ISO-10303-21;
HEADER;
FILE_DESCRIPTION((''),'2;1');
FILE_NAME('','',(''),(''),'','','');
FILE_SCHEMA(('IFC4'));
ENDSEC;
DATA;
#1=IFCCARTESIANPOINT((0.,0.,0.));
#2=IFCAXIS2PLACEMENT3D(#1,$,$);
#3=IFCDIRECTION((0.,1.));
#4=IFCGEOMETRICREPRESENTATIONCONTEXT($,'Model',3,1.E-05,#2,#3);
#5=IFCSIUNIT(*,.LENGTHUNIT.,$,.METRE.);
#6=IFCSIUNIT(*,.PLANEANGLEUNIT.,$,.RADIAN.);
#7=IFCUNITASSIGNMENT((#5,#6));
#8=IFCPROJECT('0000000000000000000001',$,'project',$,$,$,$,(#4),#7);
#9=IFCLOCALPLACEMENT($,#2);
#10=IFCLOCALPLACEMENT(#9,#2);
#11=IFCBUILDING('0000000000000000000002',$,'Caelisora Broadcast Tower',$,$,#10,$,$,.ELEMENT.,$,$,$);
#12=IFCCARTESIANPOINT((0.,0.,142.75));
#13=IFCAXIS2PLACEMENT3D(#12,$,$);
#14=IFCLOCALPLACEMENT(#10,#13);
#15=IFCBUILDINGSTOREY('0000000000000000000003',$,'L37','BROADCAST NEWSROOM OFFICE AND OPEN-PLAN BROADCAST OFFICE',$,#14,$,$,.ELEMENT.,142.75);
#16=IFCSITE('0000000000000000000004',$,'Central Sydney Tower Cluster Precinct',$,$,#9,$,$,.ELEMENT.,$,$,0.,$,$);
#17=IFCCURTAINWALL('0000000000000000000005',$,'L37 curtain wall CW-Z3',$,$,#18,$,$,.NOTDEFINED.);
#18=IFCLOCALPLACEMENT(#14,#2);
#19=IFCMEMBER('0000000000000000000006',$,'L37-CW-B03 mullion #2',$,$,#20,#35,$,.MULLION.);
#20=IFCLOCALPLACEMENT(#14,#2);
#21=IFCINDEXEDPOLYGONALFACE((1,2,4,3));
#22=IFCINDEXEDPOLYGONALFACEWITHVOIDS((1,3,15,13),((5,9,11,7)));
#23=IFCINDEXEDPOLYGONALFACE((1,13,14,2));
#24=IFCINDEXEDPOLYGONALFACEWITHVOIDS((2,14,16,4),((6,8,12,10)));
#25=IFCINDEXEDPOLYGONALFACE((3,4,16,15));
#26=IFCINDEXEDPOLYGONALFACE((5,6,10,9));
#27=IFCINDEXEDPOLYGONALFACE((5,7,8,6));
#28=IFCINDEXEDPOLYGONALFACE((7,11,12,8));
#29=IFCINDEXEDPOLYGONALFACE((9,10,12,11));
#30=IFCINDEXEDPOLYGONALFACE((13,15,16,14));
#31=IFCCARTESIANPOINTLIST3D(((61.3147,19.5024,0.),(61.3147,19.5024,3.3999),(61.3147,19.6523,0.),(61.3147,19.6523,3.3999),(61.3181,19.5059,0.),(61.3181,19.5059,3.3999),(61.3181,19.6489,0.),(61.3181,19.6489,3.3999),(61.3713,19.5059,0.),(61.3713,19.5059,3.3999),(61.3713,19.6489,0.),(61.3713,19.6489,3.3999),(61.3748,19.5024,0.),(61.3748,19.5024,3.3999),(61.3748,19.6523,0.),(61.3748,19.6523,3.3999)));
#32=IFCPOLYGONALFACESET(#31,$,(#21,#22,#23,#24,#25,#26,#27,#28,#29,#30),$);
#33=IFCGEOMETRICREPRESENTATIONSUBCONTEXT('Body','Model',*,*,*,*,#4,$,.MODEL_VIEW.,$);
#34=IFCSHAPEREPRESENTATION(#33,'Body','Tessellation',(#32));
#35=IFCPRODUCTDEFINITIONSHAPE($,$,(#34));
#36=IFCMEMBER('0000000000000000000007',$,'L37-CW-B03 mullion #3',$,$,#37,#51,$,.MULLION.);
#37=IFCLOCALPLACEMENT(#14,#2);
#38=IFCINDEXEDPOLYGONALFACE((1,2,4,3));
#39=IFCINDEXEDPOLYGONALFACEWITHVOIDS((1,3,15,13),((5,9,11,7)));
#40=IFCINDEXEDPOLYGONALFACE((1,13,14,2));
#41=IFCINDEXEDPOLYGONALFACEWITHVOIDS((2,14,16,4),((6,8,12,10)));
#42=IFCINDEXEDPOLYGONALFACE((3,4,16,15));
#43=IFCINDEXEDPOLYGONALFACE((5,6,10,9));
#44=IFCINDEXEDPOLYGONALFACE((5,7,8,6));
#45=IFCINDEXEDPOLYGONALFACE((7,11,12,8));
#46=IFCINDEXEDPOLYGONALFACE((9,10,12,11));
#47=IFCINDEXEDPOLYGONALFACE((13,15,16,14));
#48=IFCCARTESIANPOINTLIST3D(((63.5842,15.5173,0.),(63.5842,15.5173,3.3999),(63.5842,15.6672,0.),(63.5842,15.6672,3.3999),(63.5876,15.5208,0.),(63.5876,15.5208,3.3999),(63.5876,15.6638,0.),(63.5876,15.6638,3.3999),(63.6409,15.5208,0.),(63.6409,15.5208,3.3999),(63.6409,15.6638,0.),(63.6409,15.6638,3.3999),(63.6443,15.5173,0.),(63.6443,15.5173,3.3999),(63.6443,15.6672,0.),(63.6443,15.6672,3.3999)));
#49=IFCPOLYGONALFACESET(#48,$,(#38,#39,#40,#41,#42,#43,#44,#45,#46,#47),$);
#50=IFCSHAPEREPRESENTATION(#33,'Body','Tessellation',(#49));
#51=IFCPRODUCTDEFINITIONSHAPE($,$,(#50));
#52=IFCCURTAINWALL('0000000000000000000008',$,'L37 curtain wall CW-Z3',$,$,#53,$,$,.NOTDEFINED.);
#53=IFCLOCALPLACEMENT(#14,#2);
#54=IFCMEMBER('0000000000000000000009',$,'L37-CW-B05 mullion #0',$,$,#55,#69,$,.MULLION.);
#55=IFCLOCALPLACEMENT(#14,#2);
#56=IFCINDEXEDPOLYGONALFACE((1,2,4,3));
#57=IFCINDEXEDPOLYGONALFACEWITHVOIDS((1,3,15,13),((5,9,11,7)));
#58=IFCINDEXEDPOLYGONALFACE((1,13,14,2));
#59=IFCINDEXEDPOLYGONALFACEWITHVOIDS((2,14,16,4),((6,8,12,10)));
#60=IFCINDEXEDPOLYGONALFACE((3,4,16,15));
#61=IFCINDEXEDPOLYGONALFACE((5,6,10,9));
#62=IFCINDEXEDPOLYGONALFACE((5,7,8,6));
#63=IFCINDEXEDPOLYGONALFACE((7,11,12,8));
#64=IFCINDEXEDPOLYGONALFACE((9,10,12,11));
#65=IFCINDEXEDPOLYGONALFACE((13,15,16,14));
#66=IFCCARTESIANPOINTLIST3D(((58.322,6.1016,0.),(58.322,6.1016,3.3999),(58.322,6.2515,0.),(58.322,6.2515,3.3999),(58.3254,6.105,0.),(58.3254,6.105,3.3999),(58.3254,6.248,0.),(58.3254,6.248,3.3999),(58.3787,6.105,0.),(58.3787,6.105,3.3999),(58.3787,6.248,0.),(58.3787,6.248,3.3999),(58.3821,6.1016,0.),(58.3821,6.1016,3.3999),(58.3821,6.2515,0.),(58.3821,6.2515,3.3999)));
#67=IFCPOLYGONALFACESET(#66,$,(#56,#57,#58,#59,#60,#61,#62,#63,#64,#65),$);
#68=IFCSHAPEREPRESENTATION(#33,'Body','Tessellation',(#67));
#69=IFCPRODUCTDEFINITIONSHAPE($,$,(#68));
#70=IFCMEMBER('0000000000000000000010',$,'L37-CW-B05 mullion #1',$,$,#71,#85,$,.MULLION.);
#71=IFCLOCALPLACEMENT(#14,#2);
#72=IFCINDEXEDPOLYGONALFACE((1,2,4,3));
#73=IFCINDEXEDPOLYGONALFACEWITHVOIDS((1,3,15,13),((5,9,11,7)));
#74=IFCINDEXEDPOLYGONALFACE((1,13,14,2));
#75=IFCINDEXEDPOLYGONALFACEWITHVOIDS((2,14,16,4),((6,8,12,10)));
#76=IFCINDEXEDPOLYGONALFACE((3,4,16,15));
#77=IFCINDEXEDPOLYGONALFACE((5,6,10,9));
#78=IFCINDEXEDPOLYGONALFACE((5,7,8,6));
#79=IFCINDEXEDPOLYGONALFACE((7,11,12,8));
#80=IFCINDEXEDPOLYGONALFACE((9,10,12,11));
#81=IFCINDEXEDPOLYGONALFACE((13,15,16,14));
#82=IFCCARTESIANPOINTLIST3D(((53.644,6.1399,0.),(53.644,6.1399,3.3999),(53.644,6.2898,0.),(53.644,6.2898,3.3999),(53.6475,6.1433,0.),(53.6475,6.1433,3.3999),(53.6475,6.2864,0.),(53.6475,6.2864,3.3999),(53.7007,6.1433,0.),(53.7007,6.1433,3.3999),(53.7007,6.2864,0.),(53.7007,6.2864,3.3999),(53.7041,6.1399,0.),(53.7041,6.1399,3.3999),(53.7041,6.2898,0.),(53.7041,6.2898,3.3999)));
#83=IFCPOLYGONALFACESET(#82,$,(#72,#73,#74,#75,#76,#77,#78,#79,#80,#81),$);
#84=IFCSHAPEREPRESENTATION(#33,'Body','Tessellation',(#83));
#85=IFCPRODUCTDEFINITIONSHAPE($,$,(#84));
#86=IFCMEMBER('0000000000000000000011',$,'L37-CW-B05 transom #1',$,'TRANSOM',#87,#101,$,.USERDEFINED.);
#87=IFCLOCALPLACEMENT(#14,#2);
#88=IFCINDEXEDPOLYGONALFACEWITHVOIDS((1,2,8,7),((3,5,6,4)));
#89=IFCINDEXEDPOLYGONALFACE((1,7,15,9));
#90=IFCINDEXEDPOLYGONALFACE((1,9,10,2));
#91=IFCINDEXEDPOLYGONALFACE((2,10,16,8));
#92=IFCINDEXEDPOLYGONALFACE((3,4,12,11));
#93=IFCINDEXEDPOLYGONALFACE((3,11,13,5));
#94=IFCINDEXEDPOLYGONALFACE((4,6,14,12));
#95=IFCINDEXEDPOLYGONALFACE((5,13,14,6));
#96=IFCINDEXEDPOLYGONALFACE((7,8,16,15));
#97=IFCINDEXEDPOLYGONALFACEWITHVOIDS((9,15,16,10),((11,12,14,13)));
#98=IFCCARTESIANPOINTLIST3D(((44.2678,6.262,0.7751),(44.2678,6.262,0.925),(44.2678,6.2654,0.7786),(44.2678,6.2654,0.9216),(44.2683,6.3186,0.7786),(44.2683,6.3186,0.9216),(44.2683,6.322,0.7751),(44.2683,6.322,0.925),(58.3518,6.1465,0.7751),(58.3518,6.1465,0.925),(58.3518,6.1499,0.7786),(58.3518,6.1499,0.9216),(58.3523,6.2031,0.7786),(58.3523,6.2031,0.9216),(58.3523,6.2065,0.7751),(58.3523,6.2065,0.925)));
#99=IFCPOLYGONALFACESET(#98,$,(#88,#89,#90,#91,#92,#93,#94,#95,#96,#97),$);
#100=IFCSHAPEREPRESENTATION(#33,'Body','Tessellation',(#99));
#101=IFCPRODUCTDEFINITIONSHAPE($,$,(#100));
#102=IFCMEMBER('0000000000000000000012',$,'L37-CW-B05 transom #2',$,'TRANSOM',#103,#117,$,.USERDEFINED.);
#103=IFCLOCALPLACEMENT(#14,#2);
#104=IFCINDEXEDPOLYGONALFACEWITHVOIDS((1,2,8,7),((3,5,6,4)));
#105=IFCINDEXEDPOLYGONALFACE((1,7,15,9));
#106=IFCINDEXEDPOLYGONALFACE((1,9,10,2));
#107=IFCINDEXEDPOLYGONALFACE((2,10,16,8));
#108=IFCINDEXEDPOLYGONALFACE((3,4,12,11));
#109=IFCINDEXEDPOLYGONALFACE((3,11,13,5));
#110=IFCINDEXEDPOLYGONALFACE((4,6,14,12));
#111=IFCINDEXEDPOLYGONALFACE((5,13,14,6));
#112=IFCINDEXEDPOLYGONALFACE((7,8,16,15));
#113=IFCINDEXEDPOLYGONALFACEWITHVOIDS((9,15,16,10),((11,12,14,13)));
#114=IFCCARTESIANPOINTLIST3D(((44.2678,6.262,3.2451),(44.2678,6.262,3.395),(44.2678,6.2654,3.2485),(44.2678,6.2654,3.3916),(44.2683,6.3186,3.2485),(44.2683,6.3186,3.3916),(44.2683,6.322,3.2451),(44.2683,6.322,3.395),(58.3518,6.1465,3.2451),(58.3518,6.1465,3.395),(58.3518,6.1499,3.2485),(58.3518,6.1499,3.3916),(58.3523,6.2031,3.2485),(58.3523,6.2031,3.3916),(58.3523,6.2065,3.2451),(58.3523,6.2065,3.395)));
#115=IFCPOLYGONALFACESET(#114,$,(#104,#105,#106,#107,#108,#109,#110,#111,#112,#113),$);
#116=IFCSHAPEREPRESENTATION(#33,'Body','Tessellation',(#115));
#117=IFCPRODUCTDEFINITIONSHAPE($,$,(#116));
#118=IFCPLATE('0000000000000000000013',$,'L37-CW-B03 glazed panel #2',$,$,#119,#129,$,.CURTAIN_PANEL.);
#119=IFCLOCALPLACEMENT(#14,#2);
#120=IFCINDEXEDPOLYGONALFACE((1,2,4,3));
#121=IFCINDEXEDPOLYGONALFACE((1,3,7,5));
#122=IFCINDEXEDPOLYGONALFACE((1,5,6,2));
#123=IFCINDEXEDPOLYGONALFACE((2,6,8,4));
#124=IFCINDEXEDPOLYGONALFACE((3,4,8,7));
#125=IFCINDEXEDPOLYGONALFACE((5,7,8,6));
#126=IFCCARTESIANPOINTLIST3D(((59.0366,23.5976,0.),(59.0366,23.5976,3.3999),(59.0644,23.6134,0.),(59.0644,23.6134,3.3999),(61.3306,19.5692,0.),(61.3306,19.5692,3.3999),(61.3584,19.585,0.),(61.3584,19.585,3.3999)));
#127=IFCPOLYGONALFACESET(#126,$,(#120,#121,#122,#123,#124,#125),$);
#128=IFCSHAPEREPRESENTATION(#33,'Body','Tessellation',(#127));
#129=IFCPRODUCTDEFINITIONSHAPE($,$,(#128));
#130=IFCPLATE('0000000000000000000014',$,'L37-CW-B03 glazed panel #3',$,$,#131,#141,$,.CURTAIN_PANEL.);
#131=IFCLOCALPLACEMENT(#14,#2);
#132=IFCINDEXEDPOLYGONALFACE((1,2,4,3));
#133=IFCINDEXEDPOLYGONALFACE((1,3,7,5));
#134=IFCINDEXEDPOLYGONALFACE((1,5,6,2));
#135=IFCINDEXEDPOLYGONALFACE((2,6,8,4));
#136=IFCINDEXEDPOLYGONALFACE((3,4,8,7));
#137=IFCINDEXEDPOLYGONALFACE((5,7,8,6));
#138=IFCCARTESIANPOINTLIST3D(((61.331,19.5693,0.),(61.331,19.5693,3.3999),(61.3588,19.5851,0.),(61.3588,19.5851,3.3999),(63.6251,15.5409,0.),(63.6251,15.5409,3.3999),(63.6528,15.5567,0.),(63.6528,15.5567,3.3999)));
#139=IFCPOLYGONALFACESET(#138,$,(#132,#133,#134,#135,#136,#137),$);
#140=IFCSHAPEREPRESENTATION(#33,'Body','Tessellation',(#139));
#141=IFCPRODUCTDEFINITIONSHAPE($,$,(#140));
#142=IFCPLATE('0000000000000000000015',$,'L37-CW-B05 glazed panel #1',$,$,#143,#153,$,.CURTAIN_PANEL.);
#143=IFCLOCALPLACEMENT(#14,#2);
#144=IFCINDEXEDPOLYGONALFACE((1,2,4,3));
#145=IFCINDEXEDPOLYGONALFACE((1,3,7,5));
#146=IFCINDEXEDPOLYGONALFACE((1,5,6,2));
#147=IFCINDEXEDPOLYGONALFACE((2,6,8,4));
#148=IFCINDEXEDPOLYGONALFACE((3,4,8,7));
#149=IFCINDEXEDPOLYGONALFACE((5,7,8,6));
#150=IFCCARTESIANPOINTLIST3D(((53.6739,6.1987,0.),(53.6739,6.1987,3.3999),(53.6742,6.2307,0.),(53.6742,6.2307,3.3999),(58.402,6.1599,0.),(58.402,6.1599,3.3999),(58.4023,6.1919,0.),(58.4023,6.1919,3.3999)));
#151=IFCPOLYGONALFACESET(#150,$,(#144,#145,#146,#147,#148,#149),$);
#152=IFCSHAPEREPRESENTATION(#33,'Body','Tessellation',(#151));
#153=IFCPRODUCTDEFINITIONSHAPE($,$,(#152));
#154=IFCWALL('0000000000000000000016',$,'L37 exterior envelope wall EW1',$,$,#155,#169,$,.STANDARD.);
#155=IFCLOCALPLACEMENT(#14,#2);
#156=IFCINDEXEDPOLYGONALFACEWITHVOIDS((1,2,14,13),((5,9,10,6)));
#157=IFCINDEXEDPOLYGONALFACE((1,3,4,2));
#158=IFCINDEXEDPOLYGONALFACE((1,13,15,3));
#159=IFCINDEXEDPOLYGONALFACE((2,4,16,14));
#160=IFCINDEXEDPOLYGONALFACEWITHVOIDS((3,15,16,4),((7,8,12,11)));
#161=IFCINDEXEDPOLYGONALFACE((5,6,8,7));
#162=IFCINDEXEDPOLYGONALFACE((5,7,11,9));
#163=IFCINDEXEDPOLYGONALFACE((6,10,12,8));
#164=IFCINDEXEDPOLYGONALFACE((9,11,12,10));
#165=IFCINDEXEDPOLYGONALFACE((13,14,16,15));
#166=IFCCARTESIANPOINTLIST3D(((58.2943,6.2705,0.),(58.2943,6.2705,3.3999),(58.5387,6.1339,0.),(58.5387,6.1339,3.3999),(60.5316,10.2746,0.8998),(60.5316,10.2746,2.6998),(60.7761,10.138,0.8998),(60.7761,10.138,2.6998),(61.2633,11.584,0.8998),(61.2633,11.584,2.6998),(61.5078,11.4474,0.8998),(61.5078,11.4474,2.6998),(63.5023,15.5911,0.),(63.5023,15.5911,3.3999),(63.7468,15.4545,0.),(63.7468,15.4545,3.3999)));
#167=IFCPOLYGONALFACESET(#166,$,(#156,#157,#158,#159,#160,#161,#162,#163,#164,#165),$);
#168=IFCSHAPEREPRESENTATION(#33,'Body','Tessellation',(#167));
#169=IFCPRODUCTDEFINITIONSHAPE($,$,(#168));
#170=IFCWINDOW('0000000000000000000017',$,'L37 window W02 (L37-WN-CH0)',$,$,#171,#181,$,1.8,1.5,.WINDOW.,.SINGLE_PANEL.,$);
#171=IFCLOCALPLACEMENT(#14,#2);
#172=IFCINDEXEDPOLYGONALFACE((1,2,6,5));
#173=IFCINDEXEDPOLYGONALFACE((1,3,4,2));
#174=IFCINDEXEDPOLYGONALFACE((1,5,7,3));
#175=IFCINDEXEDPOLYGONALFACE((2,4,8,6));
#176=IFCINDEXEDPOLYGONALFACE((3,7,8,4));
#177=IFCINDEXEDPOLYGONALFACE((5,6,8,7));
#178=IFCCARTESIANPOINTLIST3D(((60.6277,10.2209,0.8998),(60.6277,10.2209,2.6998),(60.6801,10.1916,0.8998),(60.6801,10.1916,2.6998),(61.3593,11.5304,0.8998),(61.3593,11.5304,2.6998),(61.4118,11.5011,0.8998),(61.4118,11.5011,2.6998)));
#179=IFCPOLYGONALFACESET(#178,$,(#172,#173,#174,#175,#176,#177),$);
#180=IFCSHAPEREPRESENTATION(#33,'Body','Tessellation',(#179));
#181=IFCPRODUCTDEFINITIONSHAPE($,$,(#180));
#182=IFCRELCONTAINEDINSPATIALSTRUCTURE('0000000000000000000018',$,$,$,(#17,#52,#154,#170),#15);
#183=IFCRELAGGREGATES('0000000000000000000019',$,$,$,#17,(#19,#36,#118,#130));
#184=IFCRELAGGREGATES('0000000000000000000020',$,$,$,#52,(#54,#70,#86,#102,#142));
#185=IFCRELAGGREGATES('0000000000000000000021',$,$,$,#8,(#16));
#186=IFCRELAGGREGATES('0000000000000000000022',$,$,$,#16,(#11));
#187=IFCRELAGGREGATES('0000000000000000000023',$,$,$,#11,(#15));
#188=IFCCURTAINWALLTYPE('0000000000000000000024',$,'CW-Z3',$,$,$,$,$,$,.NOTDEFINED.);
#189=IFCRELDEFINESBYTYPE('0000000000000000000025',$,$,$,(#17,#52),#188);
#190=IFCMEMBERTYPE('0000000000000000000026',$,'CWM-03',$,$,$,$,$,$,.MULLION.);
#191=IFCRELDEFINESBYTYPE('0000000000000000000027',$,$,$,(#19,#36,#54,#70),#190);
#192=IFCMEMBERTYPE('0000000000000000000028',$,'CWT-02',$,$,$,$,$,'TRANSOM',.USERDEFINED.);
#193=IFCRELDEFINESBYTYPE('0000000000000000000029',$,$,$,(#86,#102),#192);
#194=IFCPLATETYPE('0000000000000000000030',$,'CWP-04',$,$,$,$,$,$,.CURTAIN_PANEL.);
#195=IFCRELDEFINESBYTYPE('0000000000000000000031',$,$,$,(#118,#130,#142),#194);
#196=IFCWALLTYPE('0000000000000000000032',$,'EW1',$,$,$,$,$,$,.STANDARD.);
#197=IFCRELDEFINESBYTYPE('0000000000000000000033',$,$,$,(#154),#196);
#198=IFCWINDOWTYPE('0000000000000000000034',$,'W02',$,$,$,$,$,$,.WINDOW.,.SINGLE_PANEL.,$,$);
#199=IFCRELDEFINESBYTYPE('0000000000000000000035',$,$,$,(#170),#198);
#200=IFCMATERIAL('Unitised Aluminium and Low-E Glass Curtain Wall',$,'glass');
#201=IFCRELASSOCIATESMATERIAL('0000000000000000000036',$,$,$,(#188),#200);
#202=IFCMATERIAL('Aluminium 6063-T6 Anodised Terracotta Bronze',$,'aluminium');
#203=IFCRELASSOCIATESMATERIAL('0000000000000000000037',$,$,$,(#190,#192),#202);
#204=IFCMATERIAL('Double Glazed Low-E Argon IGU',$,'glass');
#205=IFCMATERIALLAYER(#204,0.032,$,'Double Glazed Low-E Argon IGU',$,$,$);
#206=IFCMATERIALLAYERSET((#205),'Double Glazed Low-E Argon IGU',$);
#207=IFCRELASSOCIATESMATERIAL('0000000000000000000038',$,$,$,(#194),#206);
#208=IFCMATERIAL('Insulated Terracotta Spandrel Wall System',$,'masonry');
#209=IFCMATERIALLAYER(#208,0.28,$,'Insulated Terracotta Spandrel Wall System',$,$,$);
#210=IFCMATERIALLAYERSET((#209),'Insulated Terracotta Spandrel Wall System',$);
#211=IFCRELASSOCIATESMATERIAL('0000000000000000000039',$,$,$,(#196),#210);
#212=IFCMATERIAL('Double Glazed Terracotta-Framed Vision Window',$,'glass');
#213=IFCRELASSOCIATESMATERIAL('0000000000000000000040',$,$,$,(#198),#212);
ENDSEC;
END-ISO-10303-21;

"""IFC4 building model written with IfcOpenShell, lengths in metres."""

from ifc_helpers import new_model, si_unit, direction, frame, frame_2d, origin, origin_2d, place, context, subcontext, project, spatial, rectangle, hollow_rectangle, extrude, source, transform, mapped, material, layer, layer_set, material_profile, profile_set, type_object, type_shapes, element, fill, aggregate, save


model = new_model("IFC4")

# Units and contexts
model_context = context("Model", 3, precision=1e-05, world=origin(), true_north=direction((0.0, 1.0)))
body_context = subcontext(model_context, "Body", "Model", "MODEL_VIEW")
ifc_project = project(units=[si_unit("LENGTHUNIT", "METRE"), si_unit("PLANEANGLEUNIT", "RADIAN")], contexts=[model_context])

# Site, building, storey
site_placement = place(None, origin())
site = spatial("IfcSite", under=ifc_project, at=site_placement, Name="Central Sydney Tower Cluster Precinct", CompositionType="ELEMENT", RefElevation=0.0)
building_placement = place(site_placement, origin())
building = spatial("IfcBuilding", under=site, at=building_placement, Name="Caelisora Broadcast Tower", CompositionType="ELEMENT")
storey_placement = place(building_placement, frame((0.0, 0.0, 142.75)))
storey = spatial("IfcBuildingStorey", under=building, at=storey_placement, Name="L37", Description="BROADCAST NEWSROOM OFFICE AND OPEN-PLAN BROADCAST OFFICE", CompositionType="ELEMENT", Elevation=142.75)

# Curtain walls, members
ifc_material_1 = material(Name="Unitised Aluminium and Low-E Glass Curtain Wall", Category="glass")
curtain_wall_type = type_object("IfcCurtainWallType", Name="CW-Z3", PredefinedType="NOTDEFINED", material=ifc_material_1)
curtain_wall_1_placement = place(storey_placement, origin())
curtain_wall_1 = element("IfcCurtainWall", 1, at=curtain_wall_1_placement, inside=storey, type_object=curtain_wall_type, Name="L37 curtain wall CW-Z3", PredefinedType="NOTDEFINED")
ifc_material_2 = material(Name="Aluminium 6063-T6 Anodised Terracotta Bronze", Category="aluminium")
ifc_material_profile_1 = material_profile(ifc_material_2, hollow_rectangle(XDim=0.0601, YDim=0.1499, WallThickness=0.0034, at=origin_2d()), Name="Aluminium 6063-T6 Anodised Terracotta Bronze")
ifc_profile_set_1 = profile_set([ifc_material_profile_1], Name="Aluminium 6063-T6 Anodised Terracotta Bronze")
member_type_1 = type_object("IfcMemberType", Name="CWM-03", PredefinedType="MULLION", material=ifc_profile_set_1)
shared_shape_1 = source(origin(), body_context, "Body", "SweptSolid", [
    extrude(hollow_rectangle(XDim=0.0601, YDim=0.1499, WallThickness=0.0034, at=origin_2d()), origin(), (0.0, 0.0, 1.0), 3.3999),
])
type_shapes(member_type_1, [shared_shape_1])
member_1_placement = place(storey_placement, frame((61.3447, 19.5774, 0.0), z_axis=(0.0, 0.0, 1.0), x_axis=(1.0, 0.0, 0.0)))
member_1 = element("IfcMember", 2, at=member_1_placement, type_object=member_type_1, Name="L37-CW-B03 mullion #2", PredefinedType="MULLION", context=body_context, shape_type="MappedRepresentation", body=[
    mapped(shared_shape_1, transform((0.0, 0.0, 0.0), scale=1.0)),
])
member_2_placement = place(storey_placement, frame((63.6143, 15.5923, 0.0), z_axis=(0.0, 0.0, 1.0), x_axis=(1.0, 0.0, 0.0)))
member_2 = element("IfcMember", 3, at=member_2_placement, type_object=member_type_1, Name="L37-CW-B03 mullion #3", PredefinedType="MULLION", context=body_context, shape_type="MappedRepresentation", body=[
    mapped(shared_shape_1, transform((0.0, 0.0, 0.0), scale=1.0)),
])
curtain_wall_2_placement = place(storey_placement, origin())
curtain_wall_2 = element("IfcCurtainWall", 4, at=curtain_wall_2_placement, inside=storey, type_object=curtain_wall_type, Name="L37 curtain wall CW-Z3", PredefinedType="NOTDEFINED")
member_3_placement = place(storey_placement, frame((58.3521, 6.1765, 0.0), z_axis=(0.0, 0.0, 1.0), x_axis=(1.0, 0.0, 0.0)))
member_3 = element("IfcMember", 5, at=member_3_placement, type_object=member_type_1, Name="L37-CW-B05 mullion #0", PredefinedType="MULLION", context=body_context, shape_type="MappedRepresentation", body=[
    mapped(shared_shape_1, transform((0.0, 0.0, 0.0), scale=1.0)),
])
member_4_placement = place(storey_placement, frame((53.6741, 6.2148, 0.0), z_axis=(0.0, 0.0, 1.0), x_axis=(1.0, 0.0, 0.0)))
member_4 = element("IfcMember", 6, at=member_4_placement, type_object=member_type_1, Name="L37-CW-B05 mullion #1", PredefinedType="MULLION", context=body_context, shape_type="MappedRepresentation", body=[
    mapped(shared_shape_1, transform((0.0, 0.0, 0.0), scale=1.0)),
])
ifc_material_profile_2 = material_profile(ifc_material_2, hollow_rectangle(XDim=0.0601, YDim=0.1499, WallThickness=0.0034, at=origin_2d()), Name="Aluminium 6063-T6 Anodised Terracotta Bronze")
ifc_profile_set_2 = profile_set([ifc_material_profile_2], Name="Aluminium 6063-T6 Anodised Terracotta Bronze")
member_type_2 = type_object("IfcMemberType", Name="CWT-02", ElementType="TRANSOM", PredefinedType="USERDEFINED", material=ifc_profile_set_2)
shared_shape_2 = source(origin(), body_context, "Body", "SweptSolid", [
    extrude(hollow_rectangle(XDim=0.0601, YDim=0.1499, WallThickness=0.0034, at=origin_2d()), origin(), (0.0, 0.0, 1.0), 14.0845),
])
type_shapes(member_type_2, [shared_shape_2])
member_5_placement = place(storey_placement, frame((58.3521, 6.1765, 0.8501), z_axis=(-0.999966, 0.008199, 0.0), x_axis=(-0.008199, -0.999966, 0.0)))
member_5 = element("IfcMember", 7, at=member_5_placement, type_object=member_type_2, Name="L37-CW-B05 transom #1", ObjectType="TRANSOM", PredefinedType="USERDEFINED", context=body_context, shape_type="MappedRepresentation", body=[
    mapped(shared_shape_2, transform((0.0, 0.0, 0.0), scale=1.0)),
])
member_6_placement = place(storey_placement, frame((58.3521, 6.1765, 3.3201), z_axis=(-0.999966, 0.008199, 0.0), x_axis=(-0.008199, -0.999966, 0.0)))
member_6 = element("IfcMember", 8, at=member_6_placement, type_object=member_type_2, Name="L37-CW-B05 transom #2", ObjectType="TRANSOM", PredefinedType="USERDEFINED", context=body_context, shape_type="MappedRepresentation", body=[
    mapped(shared_shape_2, transform((0.0, 0.0, 0.0), scale=1.0)),
])

# Plates
ifc_material_3 = material(Name="Double Glazed Low-E Argon IGU", Category="glass")
ifc_layer_1 = layer(ifc_material_3, 0.032, Name="Double Glazed Low-E Argon IGU")
ifc_layer_set_1 = layer_set([ifc_layer_1], Name="Double Glazed Low-E Argon IGU")
plate_type = type_object("IfcPlateType", Name="CWP-04", PredefinedType="CURTAIN_PANEL", material=ifc_layer_set_1)
shared_shape_3 = source(origin(), body_context, "Body", "SweptSolid", [
    extrude(rectangle(XDim=4.6357, YDim=0.032, at=origin_2d()), origin(), (0.0, 0.0, 1.0), 3.3999),
])
plate_1_placement = place(storey_placement, frame((60.1975, 21.5913, 0.0), z_axis=(0.0, 0.0, 1.0), x_axis=(0.494852, -0.868977, 0.0)))
plate_1 = element("IfcPlate", 9, at=plate_1_placement, type_object=plate_type, Name="L37-CW-B03 glazed panel #2", PredefinedType="CURTAIN_PANEL", context=body_context, shape_type="MappedRepresentation", body=[
    mapped(shared_shape_3, transform((0.0, 0.0, 0.0), scale=1.0)),
])
plate_2_placement = place(storey_placement, frame((62.4919, 17.563, 0.0), z_axis=(0.0, 0.0, 1.0), x_axis=(0.494852, -0.868977, 0.0)))
plate_2 = element("IfcPlate", 10, at=plate_2_placement, type_object=plate_type, Name="L37-CW-B03 glazed panel #3", PredefinedType="CURTAIN_PANEL", context=body_context, shape_type="MappedRepresentation", body=[
    mapped(shared_shape_3, transform((0.0, 0.0, 0.0), scale=1.0)),
])
aggregate(curtain_wall_1, [member_1, member_2, plate_1, plate_2])
shared_shape_4 = source(origin(), body_context, "Body", "SweptSolid", [
    extrude(rectangle(XDim=4.7283, YDim=0.032, at=origin_2d()), origin(), (0.0, 0.0, 1.0), 3.3999),
])
type_shapes(plate_type, [shared_shape_3, shared_shape_4])
plate_3_placement = place(storey_placement, frame((56.0381, 6.1953, 0.0), z_axis=(0.0, 0.0, 1.0), x_axis=(-0.999966, 0.008203, 0.0)))
plate_3 = element("IfcPlate", 11, at=plate_3_placement, type_object=plate_type, Name="L37-CW-B05 glazed panel #1", PredefinedType="CURTAIN_PANEL", context=body_context, shape_type="MappedRepresentation", body=[
    mapped(shared_shape_4, transform((0.0, 0.0, 0.0), scale=1.0)),
])
aggregate(curtain_wall_2, [member_3, member_4, member_5, member_6, plate_3])

# Wall, opening, window
ifc_material_4 = material(Name="Insulated Terracotta Spandrel Wall System", Category="masonry")
ifc_layer_2 = layer(ifc_material_4, 0.28, Name="Insulated Terracotta Spandrel Wall System")
ifc_layer_set_2 = layer_set([ifc_layer_2], Name="Insulated Terracotta Spandrel Wall System")
wall_type = type_object("IfcWallType", Name="EW1", PredefinedType="STANDARD", material=ifc_layer_set_2)
wall_placement = place(storey_placement, frame((63.6245, 15.5227, 0.0), z_axis=(0.0, 0.0, 1.0), x_axis=(-0.487783, -0.872965, 0.0)))
wall = element("IfcWall", 12, at=wall_placement, inside=storey, type_object=wall_type, Name="L37 exterior envelope wall EW1", PredefinedType="STANDARD", context=body_context, shape_type="SweptSolid", body=[
    extrude(rectangle(XDim=10.677, YDim=0.28, at=frame_2d((5.3384, 0.0))), origin(), (0.0, 0.0, 1.0), 3.3999),
])
opening_placement = place(wall_placement, frame((4.5901, 0.0, 0.8999)))
opening = element("IfcOpeningElement", 13, at=opening_placement, cuts=wall, PredefinedType="OPENING", context=body_context, shape_type="SweptSolid", body=[
    extrude(rectangle(XDim=1.5, YDim=1.8, at=frame_2d((0.75, 0.8999))), frame((0.0, 0.1521, 0.0), z_axis=(0.0, -1.0, 0.0), x_axis=(1.0, 0.0, 0.0)), (0.0, 0.0, 1.0), 0.304),
])
ifc_material_5 = material(Name="Double Glazed Terracotta-Framed Vision Window", Category="glass")
window_type = type_object("IfcWindowType", Name="W02", PartitioningType="SINGLE_PANEL", PredefinedType="WINDOW", material=ifc_material_5)
window_placement = place(opening_placement, origin())
window = element("IfcWindow", 14, at=window_placement, inside=storey, type_object=window_type, Name="L37 window W02 (L37-WN-CH0)", OverallHeight=1.8, OverallWidth=1.5, PartitioningType="SINGLE_PANEL", PredefinedType="WINDOW", context=body_context, shape_type="SweptSolid", body=[
    extrude(rectangle(XDim=1.5, YDim=1.8, at=frame_2d((0.75, 0.8999))), frame((0.0, 0.03, 0.0), z_axis=(0.0, -1.0, 0.0), x_axis=(1.0, 0.0, 0.0)), (0.0, 0.0, 1.0), 0.0601),
])
fill(opening, window)

save(model, "model.ifc")
